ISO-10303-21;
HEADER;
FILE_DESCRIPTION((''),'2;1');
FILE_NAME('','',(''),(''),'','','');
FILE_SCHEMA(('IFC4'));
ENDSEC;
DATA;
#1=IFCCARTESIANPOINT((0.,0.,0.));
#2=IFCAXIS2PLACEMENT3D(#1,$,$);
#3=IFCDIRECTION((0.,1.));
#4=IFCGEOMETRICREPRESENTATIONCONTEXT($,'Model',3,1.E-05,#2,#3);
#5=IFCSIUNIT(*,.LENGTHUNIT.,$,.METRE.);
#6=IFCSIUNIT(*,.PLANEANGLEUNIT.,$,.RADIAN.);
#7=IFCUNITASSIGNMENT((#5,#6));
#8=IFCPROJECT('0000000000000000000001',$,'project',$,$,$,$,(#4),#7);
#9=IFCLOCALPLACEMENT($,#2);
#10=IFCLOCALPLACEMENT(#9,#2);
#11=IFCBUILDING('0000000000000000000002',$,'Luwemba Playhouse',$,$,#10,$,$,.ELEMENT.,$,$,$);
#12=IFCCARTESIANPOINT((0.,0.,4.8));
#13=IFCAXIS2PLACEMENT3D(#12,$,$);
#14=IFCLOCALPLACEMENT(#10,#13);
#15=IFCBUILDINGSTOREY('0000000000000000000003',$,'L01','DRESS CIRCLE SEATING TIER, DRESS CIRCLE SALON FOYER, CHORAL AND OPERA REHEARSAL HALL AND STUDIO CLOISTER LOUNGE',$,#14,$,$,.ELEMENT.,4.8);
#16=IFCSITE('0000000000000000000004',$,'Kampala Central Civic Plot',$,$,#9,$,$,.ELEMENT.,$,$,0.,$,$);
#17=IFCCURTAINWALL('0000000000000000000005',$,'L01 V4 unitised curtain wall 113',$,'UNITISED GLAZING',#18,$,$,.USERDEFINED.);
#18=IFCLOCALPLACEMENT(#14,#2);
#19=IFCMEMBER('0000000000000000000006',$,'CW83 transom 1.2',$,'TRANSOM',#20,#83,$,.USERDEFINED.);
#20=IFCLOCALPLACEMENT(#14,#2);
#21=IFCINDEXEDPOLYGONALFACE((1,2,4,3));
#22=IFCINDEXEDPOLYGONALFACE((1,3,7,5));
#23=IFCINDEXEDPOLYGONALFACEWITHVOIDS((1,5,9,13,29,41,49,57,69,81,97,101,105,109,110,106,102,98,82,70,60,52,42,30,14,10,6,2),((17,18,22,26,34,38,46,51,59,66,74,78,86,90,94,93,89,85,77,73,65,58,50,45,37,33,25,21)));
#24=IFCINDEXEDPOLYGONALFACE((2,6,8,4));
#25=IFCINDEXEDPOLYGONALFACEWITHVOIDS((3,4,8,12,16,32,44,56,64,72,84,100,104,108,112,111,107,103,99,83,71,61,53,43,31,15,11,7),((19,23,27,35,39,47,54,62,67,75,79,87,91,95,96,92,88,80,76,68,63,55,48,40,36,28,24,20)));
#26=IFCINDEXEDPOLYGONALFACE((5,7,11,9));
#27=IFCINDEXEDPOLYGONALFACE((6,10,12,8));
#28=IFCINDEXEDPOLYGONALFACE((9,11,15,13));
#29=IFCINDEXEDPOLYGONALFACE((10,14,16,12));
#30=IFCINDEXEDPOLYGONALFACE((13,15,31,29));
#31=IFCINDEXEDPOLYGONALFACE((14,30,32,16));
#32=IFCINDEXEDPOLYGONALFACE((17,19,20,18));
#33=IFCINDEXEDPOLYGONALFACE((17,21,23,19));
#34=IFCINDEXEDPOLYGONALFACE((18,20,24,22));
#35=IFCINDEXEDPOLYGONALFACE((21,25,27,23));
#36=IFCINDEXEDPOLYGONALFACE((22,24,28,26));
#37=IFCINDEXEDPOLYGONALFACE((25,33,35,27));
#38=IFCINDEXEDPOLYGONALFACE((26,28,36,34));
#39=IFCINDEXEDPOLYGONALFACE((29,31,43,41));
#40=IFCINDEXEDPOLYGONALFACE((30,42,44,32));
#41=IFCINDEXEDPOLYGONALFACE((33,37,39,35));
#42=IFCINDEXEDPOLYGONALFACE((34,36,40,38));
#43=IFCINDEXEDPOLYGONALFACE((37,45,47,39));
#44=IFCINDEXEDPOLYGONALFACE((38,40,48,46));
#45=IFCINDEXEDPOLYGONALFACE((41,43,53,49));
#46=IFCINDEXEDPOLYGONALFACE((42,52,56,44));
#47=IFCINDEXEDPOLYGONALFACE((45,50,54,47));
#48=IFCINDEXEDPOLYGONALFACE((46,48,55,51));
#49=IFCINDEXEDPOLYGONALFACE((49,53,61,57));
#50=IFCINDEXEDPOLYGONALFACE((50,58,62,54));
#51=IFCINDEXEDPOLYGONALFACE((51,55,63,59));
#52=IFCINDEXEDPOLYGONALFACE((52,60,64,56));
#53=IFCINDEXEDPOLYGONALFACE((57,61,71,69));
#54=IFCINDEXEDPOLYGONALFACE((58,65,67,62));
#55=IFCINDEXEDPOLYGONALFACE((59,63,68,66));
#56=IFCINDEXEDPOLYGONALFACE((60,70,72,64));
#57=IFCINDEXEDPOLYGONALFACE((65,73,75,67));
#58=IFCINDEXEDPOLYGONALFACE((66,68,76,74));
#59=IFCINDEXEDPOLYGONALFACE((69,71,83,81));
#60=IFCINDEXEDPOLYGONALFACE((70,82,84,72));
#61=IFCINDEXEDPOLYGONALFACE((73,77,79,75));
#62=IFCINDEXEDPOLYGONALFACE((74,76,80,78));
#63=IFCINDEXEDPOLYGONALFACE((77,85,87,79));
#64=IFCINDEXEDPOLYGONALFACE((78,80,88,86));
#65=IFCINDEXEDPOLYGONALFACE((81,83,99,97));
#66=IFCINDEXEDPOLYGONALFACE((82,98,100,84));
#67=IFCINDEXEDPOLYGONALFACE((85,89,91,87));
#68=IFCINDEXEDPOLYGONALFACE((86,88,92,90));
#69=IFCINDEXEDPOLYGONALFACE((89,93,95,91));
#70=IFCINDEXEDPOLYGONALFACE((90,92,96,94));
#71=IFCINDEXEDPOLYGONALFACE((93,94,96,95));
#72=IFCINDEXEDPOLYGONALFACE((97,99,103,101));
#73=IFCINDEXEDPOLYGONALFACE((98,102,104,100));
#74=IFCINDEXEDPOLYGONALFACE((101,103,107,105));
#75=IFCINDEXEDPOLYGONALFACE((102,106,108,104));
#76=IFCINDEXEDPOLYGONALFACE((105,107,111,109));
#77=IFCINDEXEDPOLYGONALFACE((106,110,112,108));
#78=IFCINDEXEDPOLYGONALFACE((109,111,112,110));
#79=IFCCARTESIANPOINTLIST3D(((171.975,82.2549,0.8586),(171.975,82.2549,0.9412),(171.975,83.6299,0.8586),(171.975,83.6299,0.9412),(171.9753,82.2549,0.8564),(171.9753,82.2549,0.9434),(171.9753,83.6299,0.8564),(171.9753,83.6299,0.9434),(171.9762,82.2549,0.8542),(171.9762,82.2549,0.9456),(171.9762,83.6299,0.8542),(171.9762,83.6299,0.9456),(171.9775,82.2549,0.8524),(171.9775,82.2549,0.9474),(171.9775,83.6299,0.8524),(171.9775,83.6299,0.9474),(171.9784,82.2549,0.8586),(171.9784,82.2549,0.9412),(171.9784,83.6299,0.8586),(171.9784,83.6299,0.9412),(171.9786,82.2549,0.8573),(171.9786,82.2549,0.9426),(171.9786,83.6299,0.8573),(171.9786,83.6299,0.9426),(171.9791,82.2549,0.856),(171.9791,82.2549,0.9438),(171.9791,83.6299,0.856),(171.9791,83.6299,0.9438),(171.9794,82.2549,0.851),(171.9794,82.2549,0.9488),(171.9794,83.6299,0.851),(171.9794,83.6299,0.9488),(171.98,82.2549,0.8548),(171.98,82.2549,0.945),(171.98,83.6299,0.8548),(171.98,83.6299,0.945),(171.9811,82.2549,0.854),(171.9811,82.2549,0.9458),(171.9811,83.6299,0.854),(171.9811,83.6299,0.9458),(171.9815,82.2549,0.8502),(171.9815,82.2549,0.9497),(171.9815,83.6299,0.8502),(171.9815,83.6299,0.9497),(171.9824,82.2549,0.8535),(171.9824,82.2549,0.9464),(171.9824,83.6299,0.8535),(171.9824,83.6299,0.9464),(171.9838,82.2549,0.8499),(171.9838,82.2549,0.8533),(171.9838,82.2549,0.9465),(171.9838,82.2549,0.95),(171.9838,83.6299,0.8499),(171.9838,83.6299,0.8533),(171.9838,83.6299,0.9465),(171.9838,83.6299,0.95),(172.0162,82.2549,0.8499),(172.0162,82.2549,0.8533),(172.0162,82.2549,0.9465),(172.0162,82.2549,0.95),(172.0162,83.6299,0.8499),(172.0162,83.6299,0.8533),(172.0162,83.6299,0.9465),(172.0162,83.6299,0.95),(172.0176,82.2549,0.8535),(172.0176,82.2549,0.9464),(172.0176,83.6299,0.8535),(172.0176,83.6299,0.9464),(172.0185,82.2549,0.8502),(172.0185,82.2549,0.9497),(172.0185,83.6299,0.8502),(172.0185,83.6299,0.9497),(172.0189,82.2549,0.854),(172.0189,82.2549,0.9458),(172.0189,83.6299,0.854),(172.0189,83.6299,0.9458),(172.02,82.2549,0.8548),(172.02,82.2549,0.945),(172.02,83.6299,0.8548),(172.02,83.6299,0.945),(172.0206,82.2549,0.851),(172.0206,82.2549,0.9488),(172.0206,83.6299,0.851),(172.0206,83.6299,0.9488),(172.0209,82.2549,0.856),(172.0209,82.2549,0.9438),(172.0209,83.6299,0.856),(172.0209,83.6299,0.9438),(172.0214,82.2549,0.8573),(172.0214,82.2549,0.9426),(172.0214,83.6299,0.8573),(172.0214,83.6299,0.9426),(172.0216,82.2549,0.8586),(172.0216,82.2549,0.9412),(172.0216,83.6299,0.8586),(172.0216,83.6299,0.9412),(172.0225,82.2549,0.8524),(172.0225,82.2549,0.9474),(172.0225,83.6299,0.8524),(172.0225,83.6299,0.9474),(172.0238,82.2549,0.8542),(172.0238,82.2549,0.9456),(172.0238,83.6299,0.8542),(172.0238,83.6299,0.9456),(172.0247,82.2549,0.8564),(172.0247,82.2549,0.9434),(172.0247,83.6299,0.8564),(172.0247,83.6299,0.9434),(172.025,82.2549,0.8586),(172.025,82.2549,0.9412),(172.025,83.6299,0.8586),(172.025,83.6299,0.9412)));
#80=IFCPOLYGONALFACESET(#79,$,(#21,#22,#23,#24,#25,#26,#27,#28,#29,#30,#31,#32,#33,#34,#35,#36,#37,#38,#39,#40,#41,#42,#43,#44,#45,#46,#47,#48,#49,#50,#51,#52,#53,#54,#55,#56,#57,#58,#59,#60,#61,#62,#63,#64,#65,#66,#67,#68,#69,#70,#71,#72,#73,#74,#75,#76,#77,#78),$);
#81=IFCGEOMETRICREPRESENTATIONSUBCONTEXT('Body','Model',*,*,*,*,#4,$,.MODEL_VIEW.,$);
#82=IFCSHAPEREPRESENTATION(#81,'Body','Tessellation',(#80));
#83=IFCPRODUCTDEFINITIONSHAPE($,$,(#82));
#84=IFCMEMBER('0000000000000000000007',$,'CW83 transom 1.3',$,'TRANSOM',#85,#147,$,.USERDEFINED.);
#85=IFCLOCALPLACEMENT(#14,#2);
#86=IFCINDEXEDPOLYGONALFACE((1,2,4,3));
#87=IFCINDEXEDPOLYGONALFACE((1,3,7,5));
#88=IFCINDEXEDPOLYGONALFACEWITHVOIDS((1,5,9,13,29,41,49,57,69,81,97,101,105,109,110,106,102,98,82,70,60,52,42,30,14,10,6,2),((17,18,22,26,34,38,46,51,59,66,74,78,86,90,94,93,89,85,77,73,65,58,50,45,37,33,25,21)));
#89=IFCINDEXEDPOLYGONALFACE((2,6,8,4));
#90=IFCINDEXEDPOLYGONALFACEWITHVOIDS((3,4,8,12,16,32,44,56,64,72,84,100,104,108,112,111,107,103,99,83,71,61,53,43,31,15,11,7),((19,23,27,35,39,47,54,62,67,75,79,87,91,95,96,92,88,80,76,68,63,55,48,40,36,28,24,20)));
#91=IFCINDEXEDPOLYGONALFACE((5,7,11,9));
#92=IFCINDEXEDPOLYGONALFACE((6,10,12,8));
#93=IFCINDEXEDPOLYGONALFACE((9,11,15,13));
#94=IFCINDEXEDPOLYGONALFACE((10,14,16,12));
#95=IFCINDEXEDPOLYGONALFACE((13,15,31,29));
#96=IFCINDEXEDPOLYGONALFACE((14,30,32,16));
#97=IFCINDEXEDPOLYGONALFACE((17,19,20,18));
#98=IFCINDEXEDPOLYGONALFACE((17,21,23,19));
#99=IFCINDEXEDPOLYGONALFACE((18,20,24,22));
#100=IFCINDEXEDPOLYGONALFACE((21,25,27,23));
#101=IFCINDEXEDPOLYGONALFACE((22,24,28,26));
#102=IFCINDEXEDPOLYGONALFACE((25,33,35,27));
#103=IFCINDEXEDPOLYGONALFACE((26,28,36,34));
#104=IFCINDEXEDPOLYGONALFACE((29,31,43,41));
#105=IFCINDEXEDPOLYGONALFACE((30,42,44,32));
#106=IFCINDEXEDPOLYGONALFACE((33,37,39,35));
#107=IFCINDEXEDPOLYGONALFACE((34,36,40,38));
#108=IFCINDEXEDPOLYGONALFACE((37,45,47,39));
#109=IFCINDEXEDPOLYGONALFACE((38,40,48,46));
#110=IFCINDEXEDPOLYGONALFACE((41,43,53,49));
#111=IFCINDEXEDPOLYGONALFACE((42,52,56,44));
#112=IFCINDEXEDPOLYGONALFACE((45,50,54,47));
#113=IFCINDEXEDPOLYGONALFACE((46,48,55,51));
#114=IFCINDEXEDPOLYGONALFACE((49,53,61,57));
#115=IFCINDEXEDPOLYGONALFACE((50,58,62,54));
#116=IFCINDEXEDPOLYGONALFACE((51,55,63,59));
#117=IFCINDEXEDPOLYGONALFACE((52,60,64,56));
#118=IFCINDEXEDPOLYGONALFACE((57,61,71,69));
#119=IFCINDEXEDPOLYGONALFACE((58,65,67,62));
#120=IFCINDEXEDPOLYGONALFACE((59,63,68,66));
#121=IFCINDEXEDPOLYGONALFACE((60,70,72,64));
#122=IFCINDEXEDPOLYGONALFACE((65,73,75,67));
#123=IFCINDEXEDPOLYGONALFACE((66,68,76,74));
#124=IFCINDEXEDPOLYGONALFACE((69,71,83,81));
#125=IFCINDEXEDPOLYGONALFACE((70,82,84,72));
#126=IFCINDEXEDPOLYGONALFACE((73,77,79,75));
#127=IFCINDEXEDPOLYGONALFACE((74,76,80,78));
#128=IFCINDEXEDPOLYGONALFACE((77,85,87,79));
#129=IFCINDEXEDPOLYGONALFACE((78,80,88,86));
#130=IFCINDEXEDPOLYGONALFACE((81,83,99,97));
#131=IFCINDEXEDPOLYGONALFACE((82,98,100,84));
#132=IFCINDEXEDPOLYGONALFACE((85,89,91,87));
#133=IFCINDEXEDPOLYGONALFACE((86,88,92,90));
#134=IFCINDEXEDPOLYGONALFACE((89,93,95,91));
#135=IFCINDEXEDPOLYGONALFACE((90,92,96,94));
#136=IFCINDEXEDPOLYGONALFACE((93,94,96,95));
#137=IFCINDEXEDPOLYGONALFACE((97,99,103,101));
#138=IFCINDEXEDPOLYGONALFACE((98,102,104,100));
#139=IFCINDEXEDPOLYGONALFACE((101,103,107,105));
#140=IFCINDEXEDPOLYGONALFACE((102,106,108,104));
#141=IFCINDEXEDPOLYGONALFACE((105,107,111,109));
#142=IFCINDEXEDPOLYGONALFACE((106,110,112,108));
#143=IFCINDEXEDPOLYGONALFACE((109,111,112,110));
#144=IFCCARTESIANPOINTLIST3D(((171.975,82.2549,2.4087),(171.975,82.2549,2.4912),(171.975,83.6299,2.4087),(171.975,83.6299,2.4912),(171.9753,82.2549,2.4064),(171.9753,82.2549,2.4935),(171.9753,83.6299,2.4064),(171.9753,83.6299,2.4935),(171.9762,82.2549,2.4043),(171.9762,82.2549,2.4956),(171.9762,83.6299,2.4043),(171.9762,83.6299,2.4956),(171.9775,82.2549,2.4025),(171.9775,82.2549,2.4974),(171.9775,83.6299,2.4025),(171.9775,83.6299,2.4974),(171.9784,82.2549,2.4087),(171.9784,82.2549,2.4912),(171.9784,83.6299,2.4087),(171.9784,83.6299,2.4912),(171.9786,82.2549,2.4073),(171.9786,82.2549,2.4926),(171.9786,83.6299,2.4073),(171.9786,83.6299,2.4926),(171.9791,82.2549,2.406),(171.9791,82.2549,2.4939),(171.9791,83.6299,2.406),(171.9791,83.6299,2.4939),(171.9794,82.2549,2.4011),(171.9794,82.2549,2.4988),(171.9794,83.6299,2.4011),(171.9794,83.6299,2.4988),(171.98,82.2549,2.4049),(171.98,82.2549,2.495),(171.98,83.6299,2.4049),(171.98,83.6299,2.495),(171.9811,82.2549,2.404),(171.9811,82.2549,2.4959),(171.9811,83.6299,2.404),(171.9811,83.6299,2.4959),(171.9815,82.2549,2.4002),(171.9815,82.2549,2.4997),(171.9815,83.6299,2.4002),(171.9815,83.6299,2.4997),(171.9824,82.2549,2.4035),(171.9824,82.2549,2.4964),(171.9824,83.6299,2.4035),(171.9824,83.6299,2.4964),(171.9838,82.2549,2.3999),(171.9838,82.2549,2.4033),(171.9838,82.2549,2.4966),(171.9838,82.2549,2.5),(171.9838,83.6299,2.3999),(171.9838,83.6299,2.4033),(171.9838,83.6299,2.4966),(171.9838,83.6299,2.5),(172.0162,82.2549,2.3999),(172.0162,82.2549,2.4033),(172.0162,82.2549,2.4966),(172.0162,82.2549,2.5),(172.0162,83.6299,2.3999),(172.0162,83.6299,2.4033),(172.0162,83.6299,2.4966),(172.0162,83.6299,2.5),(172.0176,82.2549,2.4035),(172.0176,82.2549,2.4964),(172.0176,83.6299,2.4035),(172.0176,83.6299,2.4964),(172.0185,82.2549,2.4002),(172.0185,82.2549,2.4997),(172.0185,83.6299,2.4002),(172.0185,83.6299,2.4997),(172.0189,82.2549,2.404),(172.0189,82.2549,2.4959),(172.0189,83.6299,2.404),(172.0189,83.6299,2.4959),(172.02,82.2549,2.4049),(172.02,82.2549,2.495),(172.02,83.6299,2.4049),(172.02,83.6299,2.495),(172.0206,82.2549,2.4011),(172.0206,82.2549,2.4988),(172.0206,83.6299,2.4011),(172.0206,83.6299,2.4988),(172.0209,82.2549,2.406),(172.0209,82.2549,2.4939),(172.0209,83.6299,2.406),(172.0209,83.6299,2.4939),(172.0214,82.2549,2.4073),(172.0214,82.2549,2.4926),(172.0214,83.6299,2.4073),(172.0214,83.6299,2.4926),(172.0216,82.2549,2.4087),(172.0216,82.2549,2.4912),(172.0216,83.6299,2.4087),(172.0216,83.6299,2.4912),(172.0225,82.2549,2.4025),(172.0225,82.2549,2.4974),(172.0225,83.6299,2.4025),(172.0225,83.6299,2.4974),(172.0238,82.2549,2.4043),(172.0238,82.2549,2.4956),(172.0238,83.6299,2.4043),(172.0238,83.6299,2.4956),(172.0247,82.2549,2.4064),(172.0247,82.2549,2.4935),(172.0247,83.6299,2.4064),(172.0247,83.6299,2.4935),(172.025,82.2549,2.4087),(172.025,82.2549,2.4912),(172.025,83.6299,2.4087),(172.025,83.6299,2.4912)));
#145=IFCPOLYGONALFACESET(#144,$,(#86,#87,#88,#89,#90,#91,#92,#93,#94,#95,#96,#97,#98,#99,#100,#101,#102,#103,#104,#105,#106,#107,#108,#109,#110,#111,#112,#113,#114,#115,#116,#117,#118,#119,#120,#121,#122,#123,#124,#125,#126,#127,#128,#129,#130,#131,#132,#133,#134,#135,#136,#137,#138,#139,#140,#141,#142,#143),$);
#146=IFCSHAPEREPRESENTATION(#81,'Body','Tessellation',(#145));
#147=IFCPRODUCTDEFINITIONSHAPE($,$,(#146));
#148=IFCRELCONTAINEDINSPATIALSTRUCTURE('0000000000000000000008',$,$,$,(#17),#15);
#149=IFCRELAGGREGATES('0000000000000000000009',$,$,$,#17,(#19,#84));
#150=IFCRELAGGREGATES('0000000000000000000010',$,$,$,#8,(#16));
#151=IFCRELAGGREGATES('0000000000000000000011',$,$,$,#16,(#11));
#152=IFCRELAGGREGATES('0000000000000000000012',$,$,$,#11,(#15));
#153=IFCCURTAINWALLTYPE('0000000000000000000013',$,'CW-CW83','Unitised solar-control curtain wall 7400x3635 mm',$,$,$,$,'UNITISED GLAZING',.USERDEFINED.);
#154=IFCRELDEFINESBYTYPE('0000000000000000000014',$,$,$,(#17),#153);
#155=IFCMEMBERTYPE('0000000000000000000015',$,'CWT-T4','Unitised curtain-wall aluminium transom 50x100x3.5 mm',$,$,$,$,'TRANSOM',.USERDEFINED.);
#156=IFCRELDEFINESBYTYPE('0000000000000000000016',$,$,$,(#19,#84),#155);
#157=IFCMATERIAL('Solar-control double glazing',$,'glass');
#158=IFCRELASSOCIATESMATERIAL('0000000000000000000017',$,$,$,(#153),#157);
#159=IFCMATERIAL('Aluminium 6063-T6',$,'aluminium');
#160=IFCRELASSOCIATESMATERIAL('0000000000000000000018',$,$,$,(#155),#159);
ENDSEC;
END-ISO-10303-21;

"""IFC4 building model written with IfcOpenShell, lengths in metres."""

from ifc_helpers import new_model, si_unit, direction, frame, origin, origin_2d, place, context, subcontext, project, spatial, hollow_rectangle, extrude, material, material_profile, profile_set, type_object, element, aggregate, save


model = new_model("IFC4")

# Units and contexts
model_context = context("Model", 3, precision=1e-05, world=origin(), true_north=direction((0.0, 1.0)))
body_context = subcontext(model_context, "Body", "Model", "MODEL_VIEW")
ifc_project = project(units=[si_unit("LENGTHUNIT", "METRE"), si_unit("PLANEANGLEUNIT", "RADIAN")], contexts=[model_context])

# Site, building, storey
site_placement = place(None, origin())
site = spatial("IfcSite", under=ifc_project, at=site_placement, Name="Kampala Central Civic Plot", CompositionType="ELEMENT", RefElevation=0.0)
building_placement = place(site_placement, origin())
building = spatial("IfcBuilding", under=site, at=building_placement, Name="Luwemba Playhouse", CompositionType="ELEMENT")
storey_placement = place(building_placement, frame((0.0, 0.0, 4.8)))
storey = spatial("IfcBuildingStorey", under=building, at=storey_placement, Name="L01", Description="DRESS CIRCLE SEATING TIER, DRESS CIRCLE SALON FOYER, CHORAL AND OPERA REHEARSAL HALL AND STUDIO CLOISTER LOUNGE", CompositionType="ELEMENT", Elevation=4.8)

# Curtain wall, members
ifc_material_1 = material(Name="Solar-control double glazing", Category="glass")
curtain_wall_type = type_object("IfcCurtainWallType", Name="CW-CW83", Description="Unitised solar-control curtain wall 7400x3635 mm", ElementType="UNITISED GLAZING", PredefinedType="USERDEFINED", material=ifc_material_1)
curtain_wall_placement = place(storey_placement, origin())
curtain_wall = element("IfcCurtainWall", 1, at=curtain_wall_placement, inside=storey, type_object=curtain_wall_type, Name="L01 V4 unitised curtain wall 113", ObjectType="UNITISED GLAZING", PredefinedType="USERDEFINED")
ifc_material_2 = material(Name="Aluminium 6063-T6", Category="aluminium")
ifc_material_profile_1 = material_profile(ifc_material_2, hollow_rectangle(XDim=0.05, YDim=0.1001, WallThickness=0.0034, InnerFilletRadius=0.0054, OuterFilletRadius=0.0088, at=origin_2d()))
ifc_profile_set_1 = profile_set([ifc_material_profile_1], Name="Aluminium 6063-T6")
member_type_1 = type_object("IfcMemberType", Name="CWT-T4", Description="Unitised curtain-wall aluminium transom 50x100x3.5 mm", ElementType="TRANSOM", PredefinedType="USERDEFINED", material=ifc_profile_set_1)
member_1_placement = place(storey_placement, frame((172.0, 83.6299, 0.8999), z_axis=(0.0, -1.0, 0.0), x_axis=(1.0, 0.0, 0.0)))
member_1 = element("IfcMember", 2, at=member_1_placement, type_object=member_type_1, Name="CW83 transom 1.2", ObjectType="TRANSOM", PredefinedType="USERDEFINED", context=body_context, shape_type="SweptSolid", body=[
    extrude(hollow_rectangle(XDim=0.05, YDim=0.1001, WallThickness=0.0034, InnerFilletRadius=0.0054, OuterFilletRadius=0.0088, at=origin_2d()), origin(), (0.0, 0.0, 1.0), 1.375),
])
member_2_placement = place(storey_placement, frame((172.0, 83.6299, 2.45), z_axis=(0.0, -1.0, 0.0), x_axis=(1.0, 0.0, 0.0)))
member_2 = element("IfcMember", 3, at=member_2_placement, type_object=member_type_1, Name="CW83 transom 1.3", ObjectType="TRANSOM", PredefinedType="USERDEFINED", context=body_context, shape_type="SweptSolid", body=[
    extrude(hollow_rectangle(XDim=0.05, YDim=0.1001, WallThickness=0.0034, InnerFilletRadius=0.0054, OuterFilletRadius=0.0088, at=origin_2d()), origin(), (0.0, 0.0, 1.0), 1.375),
])
aggregate(curtain_wall, [member_1, member_2])

save(model, "model.ifc")
